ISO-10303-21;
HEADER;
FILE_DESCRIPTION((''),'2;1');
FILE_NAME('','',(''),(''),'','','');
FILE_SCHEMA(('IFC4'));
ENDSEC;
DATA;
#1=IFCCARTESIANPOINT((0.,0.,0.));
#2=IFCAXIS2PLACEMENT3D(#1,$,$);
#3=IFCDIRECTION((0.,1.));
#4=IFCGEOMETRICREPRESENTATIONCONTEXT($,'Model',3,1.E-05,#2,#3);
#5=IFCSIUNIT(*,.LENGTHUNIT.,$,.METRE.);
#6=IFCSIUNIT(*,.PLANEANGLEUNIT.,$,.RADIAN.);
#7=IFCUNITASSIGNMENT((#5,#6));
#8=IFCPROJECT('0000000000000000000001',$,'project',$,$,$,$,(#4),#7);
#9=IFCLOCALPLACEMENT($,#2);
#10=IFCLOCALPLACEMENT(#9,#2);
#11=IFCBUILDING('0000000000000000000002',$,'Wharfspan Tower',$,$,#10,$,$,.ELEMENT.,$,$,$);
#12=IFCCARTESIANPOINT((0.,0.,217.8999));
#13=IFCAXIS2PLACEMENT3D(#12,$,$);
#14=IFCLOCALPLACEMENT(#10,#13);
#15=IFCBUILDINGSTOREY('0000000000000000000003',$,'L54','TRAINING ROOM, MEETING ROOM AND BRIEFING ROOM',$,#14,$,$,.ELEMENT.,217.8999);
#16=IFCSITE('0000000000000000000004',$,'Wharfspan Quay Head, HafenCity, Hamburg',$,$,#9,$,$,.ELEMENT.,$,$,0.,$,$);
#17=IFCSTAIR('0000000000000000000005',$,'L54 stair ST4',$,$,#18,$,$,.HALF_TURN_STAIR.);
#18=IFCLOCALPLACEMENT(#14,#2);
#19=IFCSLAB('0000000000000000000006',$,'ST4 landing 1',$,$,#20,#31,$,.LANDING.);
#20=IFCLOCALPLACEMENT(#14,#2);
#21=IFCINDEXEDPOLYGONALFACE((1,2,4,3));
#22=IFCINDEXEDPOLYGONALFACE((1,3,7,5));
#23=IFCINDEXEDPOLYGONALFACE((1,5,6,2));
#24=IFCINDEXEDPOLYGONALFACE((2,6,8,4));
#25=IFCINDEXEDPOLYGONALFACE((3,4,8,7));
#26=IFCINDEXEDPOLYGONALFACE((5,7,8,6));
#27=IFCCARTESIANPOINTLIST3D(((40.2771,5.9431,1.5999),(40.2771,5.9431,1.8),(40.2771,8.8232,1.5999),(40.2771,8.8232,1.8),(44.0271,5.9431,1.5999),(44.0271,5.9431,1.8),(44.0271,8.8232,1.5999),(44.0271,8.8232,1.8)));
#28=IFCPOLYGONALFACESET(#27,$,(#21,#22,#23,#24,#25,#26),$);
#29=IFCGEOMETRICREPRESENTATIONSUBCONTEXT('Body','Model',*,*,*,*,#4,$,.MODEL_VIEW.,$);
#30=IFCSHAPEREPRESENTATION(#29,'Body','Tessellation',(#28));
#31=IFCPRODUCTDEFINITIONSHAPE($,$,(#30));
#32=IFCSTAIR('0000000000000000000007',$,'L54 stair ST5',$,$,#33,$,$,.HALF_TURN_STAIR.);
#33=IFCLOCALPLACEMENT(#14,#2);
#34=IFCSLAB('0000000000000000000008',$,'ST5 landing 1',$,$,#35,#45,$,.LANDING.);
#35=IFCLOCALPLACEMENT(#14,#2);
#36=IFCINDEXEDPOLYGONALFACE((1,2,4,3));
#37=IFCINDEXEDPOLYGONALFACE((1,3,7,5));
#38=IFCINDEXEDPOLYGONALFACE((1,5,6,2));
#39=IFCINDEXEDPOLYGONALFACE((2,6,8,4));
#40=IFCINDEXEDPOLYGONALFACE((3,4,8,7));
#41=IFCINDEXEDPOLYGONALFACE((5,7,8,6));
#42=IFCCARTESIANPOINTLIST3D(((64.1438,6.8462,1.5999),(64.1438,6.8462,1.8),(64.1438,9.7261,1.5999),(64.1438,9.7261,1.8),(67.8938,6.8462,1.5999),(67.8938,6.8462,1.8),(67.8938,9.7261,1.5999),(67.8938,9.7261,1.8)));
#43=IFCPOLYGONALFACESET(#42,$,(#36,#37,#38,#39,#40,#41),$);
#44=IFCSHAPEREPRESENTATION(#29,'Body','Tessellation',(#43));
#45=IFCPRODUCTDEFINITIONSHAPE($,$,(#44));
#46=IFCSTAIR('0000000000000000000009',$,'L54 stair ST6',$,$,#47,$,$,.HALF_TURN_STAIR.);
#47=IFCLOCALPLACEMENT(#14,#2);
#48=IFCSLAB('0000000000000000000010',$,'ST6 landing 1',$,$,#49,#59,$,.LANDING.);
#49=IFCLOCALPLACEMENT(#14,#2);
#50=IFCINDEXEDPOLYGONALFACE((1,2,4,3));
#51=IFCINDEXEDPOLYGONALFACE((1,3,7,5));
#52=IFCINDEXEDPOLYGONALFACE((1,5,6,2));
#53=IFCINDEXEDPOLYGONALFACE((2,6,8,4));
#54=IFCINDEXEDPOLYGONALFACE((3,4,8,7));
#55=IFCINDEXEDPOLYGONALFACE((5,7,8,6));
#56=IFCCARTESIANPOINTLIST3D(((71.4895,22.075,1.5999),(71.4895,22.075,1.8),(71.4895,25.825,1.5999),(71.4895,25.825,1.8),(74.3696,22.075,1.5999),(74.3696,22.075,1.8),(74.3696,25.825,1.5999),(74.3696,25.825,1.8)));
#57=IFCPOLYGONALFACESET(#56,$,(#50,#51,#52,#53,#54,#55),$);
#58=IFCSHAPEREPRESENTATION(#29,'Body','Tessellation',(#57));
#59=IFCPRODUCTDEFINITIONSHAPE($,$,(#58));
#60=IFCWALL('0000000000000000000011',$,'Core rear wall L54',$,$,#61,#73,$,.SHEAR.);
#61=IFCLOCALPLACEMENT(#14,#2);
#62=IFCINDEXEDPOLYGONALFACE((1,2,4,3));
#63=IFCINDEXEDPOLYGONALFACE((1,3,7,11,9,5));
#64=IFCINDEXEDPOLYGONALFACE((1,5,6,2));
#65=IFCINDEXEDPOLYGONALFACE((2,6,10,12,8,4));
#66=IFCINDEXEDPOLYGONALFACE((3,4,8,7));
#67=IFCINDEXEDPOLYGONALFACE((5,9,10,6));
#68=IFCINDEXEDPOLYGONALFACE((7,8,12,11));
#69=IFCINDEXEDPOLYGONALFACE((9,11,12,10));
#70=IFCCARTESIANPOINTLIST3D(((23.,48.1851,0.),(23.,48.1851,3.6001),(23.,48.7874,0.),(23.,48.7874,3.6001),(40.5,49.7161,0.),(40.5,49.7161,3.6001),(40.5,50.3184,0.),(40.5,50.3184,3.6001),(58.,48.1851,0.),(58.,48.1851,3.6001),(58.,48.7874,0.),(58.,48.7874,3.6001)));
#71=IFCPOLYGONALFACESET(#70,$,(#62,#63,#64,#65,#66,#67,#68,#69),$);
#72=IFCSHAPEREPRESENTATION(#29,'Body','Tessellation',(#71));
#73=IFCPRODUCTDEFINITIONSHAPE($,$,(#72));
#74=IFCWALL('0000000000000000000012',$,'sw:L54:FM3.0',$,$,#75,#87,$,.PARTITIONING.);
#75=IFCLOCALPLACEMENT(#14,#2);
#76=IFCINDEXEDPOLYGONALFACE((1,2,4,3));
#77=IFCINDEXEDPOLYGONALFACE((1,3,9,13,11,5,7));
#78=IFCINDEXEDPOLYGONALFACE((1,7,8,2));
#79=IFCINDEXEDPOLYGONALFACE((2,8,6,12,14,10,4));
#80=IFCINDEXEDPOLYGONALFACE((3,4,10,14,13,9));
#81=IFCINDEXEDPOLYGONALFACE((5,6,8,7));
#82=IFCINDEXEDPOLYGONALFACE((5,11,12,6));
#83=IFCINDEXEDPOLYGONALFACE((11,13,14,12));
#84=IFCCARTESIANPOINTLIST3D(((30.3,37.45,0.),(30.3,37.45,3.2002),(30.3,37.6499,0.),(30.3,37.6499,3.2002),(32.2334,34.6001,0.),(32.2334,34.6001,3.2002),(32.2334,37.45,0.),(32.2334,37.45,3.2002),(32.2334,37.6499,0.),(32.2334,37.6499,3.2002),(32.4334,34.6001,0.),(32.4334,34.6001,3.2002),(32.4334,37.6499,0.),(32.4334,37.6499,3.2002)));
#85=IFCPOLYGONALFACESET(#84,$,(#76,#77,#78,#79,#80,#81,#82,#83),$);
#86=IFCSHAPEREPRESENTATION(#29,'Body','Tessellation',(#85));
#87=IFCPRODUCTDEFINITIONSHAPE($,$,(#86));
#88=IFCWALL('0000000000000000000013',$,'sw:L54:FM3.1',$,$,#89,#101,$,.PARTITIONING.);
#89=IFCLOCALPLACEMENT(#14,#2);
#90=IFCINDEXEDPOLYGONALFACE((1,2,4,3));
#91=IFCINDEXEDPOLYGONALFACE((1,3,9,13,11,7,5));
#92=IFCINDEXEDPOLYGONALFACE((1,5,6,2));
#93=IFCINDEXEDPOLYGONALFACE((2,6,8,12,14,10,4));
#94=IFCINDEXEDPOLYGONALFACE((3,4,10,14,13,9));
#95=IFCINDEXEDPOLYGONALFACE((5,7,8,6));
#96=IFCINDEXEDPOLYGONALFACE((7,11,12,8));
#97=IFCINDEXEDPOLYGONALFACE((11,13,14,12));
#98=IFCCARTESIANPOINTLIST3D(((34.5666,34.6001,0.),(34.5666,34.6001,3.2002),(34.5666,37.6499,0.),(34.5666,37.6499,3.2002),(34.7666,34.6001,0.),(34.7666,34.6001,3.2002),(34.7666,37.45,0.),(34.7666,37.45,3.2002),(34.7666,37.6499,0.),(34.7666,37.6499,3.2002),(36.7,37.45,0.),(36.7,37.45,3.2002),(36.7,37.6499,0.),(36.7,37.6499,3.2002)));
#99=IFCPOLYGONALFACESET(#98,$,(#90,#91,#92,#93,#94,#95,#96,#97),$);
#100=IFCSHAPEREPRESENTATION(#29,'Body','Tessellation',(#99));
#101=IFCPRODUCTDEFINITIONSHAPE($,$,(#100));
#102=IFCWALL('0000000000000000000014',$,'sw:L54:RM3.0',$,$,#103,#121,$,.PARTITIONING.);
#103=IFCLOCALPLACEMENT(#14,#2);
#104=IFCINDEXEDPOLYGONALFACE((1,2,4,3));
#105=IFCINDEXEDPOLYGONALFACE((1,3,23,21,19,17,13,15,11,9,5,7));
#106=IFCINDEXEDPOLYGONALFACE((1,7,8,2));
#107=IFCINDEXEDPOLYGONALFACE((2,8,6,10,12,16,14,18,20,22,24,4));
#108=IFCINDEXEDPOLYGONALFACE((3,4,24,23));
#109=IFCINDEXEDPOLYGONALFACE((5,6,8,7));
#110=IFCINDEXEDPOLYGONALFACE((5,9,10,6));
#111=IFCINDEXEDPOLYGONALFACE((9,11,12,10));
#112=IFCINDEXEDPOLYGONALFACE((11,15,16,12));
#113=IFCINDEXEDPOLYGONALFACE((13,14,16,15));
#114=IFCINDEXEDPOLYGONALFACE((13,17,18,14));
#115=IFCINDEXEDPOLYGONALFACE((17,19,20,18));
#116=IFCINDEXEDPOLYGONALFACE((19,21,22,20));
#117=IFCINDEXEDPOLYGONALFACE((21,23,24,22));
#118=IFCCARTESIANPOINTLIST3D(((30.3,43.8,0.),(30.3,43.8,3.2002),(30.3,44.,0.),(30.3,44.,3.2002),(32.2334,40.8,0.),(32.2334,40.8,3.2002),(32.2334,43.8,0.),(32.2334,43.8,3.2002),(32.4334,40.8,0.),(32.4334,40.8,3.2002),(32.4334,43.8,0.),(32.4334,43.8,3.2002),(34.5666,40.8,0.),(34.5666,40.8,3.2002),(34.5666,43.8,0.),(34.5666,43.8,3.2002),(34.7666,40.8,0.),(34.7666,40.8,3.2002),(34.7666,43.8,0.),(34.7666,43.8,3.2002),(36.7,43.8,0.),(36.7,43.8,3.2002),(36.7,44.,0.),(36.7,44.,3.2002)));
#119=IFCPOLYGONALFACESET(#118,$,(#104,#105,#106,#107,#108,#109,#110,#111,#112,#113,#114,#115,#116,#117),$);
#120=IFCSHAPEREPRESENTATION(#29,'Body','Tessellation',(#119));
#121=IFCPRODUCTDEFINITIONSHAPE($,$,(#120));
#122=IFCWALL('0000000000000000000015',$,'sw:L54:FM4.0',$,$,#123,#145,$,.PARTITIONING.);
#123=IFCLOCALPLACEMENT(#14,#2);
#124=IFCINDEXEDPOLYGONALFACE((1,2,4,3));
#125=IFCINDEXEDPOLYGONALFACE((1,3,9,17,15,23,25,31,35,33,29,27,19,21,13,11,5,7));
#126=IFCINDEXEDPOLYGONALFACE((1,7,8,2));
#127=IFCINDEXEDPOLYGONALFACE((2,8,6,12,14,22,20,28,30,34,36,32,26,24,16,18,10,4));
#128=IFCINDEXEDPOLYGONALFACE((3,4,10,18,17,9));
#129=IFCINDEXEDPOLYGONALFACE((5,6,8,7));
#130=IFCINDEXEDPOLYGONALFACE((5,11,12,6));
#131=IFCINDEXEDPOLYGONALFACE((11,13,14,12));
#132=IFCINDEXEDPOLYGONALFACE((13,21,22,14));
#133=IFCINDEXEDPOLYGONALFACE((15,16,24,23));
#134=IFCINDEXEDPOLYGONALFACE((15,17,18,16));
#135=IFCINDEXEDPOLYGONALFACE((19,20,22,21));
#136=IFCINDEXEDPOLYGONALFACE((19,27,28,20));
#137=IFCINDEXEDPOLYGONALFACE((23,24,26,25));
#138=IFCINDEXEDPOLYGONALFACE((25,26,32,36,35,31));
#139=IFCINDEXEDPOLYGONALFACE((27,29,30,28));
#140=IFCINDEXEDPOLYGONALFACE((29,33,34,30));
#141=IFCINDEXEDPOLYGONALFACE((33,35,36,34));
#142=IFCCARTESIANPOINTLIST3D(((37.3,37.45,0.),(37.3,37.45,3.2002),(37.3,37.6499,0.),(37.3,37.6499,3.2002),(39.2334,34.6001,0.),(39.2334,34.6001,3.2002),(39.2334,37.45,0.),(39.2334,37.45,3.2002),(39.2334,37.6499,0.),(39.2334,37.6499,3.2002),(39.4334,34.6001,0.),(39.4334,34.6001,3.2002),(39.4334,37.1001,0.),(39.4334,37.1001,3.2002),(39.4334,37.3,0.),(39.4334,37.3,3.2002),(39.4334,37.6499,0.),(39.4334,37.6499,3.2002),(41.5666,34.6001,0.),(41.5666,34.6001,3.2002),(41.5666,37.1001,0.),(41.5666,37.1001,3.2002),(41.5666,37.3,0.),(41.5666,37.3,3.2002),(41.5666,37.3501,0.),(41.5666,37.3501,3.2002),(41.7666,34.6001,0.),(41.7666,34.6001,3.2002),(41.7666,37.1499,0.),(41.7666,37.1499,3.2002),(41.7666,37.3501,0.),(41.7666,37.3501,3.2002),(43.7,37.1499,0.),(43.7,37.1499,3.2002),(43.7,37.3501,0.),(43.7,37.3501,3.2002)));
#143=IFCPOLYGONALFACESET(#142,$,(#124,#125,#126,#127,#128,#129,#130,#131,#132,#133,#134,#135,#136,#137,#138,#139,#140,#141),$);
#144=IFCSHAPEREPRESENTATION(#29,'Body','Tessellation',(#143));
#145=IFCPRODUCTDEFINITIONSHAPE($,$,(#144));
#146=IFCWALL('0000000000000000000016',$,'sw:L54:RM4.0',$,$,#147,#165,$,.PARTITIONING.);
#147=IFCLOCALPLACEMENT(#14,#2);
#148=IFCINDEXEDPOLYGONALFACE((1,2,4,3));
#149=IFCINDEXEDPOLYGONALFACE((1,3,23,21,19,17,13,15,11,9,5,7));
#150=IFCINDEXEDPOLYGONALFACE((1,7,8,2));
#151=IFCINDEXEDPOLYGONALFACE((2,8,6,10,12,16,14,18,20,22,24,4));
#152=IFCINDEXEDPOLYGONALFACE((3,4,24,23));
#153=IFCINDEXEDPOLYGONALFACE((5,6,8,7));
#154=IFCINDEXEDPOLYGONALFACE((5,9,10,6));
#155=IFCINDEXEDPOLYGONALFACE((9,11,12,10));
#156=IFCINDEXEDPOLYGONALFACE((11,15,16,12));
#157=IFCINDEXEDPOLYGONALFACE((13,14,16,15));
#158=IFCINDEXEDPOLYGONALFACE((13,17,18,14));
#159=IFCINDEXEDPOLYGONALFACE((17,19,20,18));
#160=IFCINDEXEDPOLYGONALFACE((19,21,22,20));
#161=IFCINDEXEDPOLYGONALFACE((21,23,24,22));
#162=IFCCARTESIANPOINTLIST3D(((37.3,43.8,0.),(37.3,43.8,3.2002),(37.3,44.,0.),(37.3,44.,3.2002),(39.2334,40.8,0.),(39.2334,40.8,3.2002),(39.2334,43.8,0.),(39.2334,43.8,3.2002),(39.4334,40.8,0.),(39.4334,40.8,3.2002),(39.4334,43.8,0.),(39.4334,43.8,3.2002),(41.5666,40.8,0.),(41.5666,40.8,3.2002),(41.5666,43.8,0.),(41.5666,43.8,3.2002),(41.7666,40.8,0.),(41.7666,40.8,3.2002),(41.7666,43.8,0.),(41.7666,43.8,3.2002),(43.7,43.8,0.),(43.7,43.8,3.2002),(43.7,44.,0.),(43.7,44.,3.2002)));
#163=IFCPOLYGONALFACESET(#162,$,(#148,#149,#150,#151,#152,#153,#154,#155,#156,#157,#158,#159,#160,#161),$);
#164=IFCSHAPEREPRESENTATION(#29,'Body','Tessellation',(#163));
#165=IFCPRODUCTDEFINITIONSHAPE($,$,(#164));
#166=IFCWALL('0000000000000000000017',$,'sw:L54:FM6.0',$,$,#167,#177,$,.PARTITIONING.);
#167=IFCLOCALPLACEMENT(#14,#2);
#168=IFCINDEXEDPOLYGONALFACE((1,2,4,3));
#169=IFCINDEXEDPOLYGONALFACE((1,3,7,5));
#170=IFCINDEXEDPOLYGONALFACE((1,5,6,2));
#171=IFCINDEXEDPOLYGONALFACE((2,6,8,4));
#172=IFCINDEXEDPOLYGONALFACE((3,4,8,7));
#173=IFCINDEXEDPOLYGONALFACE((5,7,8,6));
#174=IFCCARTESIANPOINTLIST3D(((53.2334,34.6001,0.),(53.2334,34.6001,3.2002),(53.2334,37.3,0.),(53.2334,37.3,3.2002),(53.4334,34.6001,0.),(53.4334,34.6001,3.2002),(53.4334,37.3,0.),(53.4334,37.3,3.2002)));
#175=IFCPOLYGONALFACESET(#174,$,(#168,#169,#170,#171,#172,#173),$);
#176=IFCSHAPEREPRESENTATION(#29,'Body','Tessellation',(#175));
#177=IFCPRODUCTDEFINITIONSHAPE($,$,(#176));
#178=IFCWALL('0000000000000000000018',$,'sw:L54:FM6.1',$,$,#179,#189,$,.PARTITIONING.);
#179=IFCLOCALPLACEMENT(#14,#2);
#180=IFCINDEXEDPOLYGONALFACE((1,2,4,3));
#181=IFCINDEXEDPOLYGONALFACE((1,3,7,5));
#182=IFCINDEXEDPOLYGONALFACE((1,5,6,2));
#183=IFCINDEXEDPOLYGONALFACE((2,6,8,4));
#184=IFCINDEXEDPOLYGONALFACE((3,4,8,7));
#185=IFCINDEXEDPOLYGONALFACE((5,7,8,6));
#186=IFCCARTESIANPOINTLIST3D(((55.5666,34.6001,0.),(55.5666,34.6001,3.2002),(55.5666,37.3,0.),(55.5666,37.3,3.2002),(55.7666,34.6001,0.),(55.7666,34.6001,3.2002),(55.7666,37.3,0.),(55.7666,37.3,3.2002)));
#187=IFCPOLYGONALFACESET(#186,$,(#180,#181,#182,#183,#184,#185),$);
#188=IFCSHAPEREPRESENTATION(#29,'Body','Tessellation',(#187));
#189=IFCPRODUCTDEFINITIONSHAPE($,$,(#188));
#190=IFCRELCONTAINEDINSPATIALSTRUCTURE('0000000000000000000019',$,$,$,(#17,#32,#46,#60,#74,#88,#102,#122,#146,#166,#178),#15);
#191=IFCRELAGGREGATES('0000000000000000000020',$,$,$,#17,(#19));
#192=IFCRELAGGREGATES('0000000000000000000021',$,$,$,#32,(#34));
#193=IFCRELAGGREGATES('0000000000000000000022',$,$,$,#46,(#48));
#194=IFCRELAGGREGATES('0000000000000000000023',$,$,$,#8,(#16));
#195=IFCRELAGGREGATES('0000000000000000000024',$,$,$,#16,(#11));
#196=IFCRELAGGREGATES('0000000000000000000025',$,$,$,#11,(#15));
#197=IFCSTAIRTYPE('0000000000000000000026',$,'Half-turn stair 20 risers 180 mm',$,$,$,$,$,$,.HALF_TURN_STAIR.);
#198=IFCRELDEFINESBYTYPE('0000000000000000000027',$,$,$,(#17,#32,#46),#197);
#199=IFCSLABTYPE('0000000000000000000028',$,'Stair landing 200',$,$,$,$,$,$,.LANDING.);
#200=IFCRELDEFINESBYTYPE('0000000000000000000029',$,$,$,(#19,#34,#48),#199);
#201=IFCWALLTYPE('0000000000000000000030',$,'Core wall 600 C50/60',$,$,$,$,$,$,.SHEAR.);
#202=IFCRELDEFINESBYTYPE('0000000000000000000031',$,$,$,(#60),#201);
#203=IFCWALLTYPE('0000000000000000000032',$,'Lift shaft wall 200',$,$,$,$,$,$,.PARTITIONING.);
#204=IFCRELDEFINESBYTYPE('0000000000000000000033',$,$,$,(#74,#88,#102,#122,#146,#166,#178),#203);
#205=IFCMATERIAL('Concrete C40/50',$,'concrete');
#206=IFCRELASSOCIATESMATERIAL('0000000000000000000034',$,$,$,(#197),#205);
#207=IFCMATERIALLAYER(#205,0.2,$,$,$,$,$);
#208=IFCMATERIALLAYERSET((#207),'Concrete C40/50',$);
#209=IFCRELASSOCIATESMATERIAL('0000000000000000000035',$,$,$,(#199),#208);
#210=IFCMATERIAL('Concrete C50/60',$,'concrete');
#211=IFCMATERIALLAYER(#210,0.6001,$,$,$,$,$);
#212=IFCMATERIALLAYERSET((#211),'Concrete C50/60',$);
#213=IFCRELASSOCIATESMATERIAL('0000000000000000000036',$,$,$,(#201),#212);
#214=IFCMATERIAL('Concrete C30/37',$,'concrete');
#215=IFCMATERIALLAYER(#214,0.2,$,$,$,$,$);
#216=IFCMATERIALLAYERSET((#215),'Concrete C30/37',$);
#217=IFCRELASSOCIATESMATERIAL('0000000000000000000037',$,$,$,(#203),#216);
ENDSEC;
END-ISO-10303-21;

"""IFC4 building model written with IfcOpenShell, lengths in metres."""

from ifc_helpers import new_model, si_unit, direction, frame, origin, place, context, subcontext, project, spatial, polyline, outline, extrude, material, layer, layer_set, type_object, element, aggregate, save


model = new_model("IFC4")

# Units and contexts
model_context = context("Model", 3, precision=1e-05, world=origin(), true_north=direction((0.0, 1.0)))
body_context = subcontext(model_context, "Body", "Model", "MODEL_VIEW")
ifc_project = project(units=[si_unit("LENGTHUNIT", "METRE"), si_unit("PLANEANGLEUNIT", "RADIAN")], contexts=[model_context])

# Site, building, storey
site_placement = place(None, origin())
site = spatial("IfcSite", under=ifc_project, at=site_placement, Name="Wharfspan Quay Head, HafenCity, Hamburg", CompositionType="ELEMENT", RefElevation=0.0)
building_placement = place(site_placement, origin())
building = spatial("IfcBuilding", under=site, at=building_placement, Name="Wharfspan Tower", CompositionType="ELEMENT")
storey_placement = place(building_placement, frame((0.0, 0.0, 217.8999)))
storey = spatial("IfcBuildingStorey", under=building, at=storey_placement, Name="L54", Description="TRAINING ROOM, MEETING ROOM AND BRIEFING ROOM", CompositionType="ELEMENT", Elevation=217.8999)

# Shared definitions
ifc_material_1 = material(Name="Concrete C40/50", Category="concrete")

# Stairs, slabs
stair_type = type_object("IfcStairType", Name="Half-turn stair 20 risers 180 mm", PredefinedType="HALF_TURN_STAIR", material=ifc_material_1)
ifc_layer_1 = layer(ifc_material_1, 0.2)
ifc_layer_set_1 = layer_set([ifc_layer_1], Name="Concrete C40/50")
slab_type_1 = type_object("IfcSlabType", Name="Stair landing 200", PredefinedType="LANDING", material=ifc_layer_set_1)
stair_1_placement = place(storey_placement, origin())
stair_1 = element("IfcStair", 1, at=stair_1_placement, inside=storey, type_object=stair_type, Name="L54 stair ST4", PredefinedType="HALF_TURN_STAIR")
slab_1_placement = place(storey_placement, frame((0.0, 0.0, 1.5999)))
slab_1 = element("IfcSlab", 2, at=slab_1_placement, type_object=slab_type_1, Name="ST4 landing 1", PredefinedType="LANDING", context=body_context, shape_type="SweptSolid", body=[
    extrude(outline(polyline([(40.2771, 8.8232), (40.2771, 5.9431), (44.0271, 5.9431), (44.0271, 8.8232), (40.2771, 8.8232)])), origin(), (0.0, 0.0, 1.0), 0.2002),
])
aggregate(stair_1, [slab_1])
stair_2_placement = place(storey_placement, origin())
stair_2 = element("IfcStair", 3, at=stair_2_placement, inside=storey, type_object=stair_type, Name="L54 stair ST5", PredefinedType="HALF_TURN_STAIR")
slab_2_placement = place(storey_placement, frame((0.0, 0.0, 1.5999)))
slab_2 = element("IfcSlab", 4, at=slab_2_placement, type_object=slab_type_1, Name="ST5 landing 1", PredefinedType="LANDING", context=body_context, shape_type="SweptSolid", body=[
    extrude(outline(polyline([(64.1438, 9.7261), (64.1438, 6.8462), (67.8938, 6.8462), (67.8938, 9.7261), (64.1438, 9.7261)])), origin(), (0.0, 0.0, 1.0), 0.2002),
])
aggregate(stair_2, [slab_2])
stair_3_placement = place(storey_placement, origin())
stair_3 = element("IfcStair", 5, at=stair_3_placement, inside=storey, type_object=stair_type, Name="L54 stair ST6", PredefinedType="HALF_TURN_STAIR")
slab_3_placement = place(storey_placement, frame((0.0, 0.0, 1.5999)))
slab_3 = element("IfcSlab", 6, at=slab_3_placement, type_object=slab_type_1, Name="ST6 landing 1", PredefinedType="LANDING", context=body_context, shape_type="SweptSolid", body=[
    extrude(outline(polyline([(71.4895, 22.075), (74.3696, 22.075), (74.3696, 25.825), (71.4895, 25.825), (71.4895, 22.075)])), origin(), (0.0, 0.0, 1.0), 0.2002),
])
aggregate(stair_3, [slab_3])

# Walls
ifc_material_2 = material(Name="Concrete C50/60", Category="concrete")
ifc_layer_2 = layer(ifc_material_2, 0.6001)
ifc_layer_set_2 = layer_set([ifc_layer_2], Name="Concrete C50/60")
wall_type_1 = type_object("IfcWallType", Name="Core wall 600 C50/60", PredefinedType="SHEAR", material=ifc_layer_set_2)
wall_1_placement = place(storey_placement, origin())
element("IfcWall", 7, at=wall_1_placement, inside=storey, type_object=wall_type_1, Name="Core rear wall L54", PredefinedType="SHEAR", context=body_context, shape_type="SweptSolid", body=[
    extrude(outline(polyline([(23.0, 48.1851), (40.5, 49.7161), (58.0, 48.1851), (58.0, 48.7874), (40.5, 50.3184), (23.0, 48.7874), (23.0, 48.1851)])), origin(), (0.0, 0.0, 1.0), 3.6001),
])
ifc_material_3 = material(Name="Concrete C30/37", Category="concrete")
ifc_layer_3 = layer(ifc_material_3, 0.2)
ifc_layer_set_3 = layer_set([ifc_layer_3], Name="Concrete C30/37")
wall_type_2 = type_object("IfcWallType", Name="Lift shaft wall 200", PredefinedType="PARTITIONING", material=ifc_layer_set_3)
wall_2_placement = place(storey_placement, origin())
element("IfcWall", 8, at=wall_2_placement, inside=storey, type_object=wall_type_2, Name="sw:L54:FM3.0", PredefinedType="PARTITIONING", context=body_context, shape_type="SweptSolid", body=[
    extrude(outline(polyline([(32.2334, 37.45), (30.3, 37.45), (30.3, 37.6499), (32.2334, 37.6499), (32.4333, 37.6499), (32.4333, 34.6001), (32.2334, 34.6001), (32.2334, 37.45)])), origin(), (0.0, 0.0, 1.0), 3.2002),
])
wall_3_placement = place(storey_placement, origin())
element("IfcWall", 9, at=wall_3_placement, inside=storey, type_object=wall_type_2, Name="sw:L54:FM3.1", PredefinedType="PARTITIONING", context=body_context, shape_type="SweptSolid", body=[
    extrude(outline(polyline([(34.5667, 37.6499), (34.7666, 37.6499), (36.7, 37.6499), (36.7, 37.45), (34.7666, 37.45), (34.7666, 34.6001), (34.5667, 34.6001), (34.5667, 37.6499)])), origin(), (0.0, 0.0, 1.0), 3.2002),
])
wall_4_placement = place(storey_placement, origin())
element("IfcWall", 10, at=wall_4_placement, inside=storey, type_object=wall_type_2, Name="sw:L54:RM3.0", PredefinedType="PARTITIONING", context=body_context, shape_type="SweptSolid", body=[
    extrude(outline(polyline([(32.4333, 40.8), (32.2334, 40.8), (32.2334, 43.8), (30.3, 43.8), (30.3, 44.0), (36.7, 44.0), (36.7, 43.8), (34.7666, 43.8), (34.7666, 40.8), (34.5667, 40.8), (34.5667, 43.8), (32.4333, 43.8), (32.4333, 40.8)])), origin(), (0.0, 0.0, 1.0), 3.2002),
])
wall_5_placement = place(storey_placement, origin())
element("IfcWall", 11, at=wall_5_placement, inside=storey, type_object=wall_type_2, Name="sw:L54:FM4.0", PredefinedType="PARTITIONING", context=body_context, shape_type="SweptSolid", body=[
    extrude(outline(polyline([(41.5667, 37.1001), (39.4333, 37.1001), (39.4333, 34.6001), (39.2334, 34.6001), (39.2334, 37.45), (37.3, 37.45), (37.3, 37.6499), (39.2334, 37.6499), (39.4333, 37.6499), (39.4333, 37.3), (41.5667, 37.3), (41.5667, 37.3501), (41.7666, 37.3501), (43.7, 37.3501), (43.7, 37.1499), (41.7666, 37.1499), (41.7666, 34.6001), (41.5667, 34.6001), (41.5667, 37.1001)])), origin(), (0.0, 0.0, 1.0), 3.2002),
])
wall_6_placement = place(storey_placement, origin())
element("IfcWall", 12, at=wall_6_placement, inside=storey, type_object=wall_type_2, Name="sw:L54:RM4.0", PredefinedType="PARTITIONING", context=body_context, shape_type="SweptSolid", body=[
    extrude(outline(polyline([(39.4333, 40.8), (39.2334, 40.8), (39.2334, 43.8), (37.3, 43.8), (37.3, 44.0), (43.7, 44.0), (43.7, 43.8), (41.7666, 43.8), (41.7666, 40.8), (41.5667, 40.8), (41.5667, 43.8), (39.4333, 43.8), (39.4333, 40.8)])), origin(), (0.0, 0.0, 1.0), 3.2002),
])
wall_7_placement = place(storey_placement, origin())
element("IfcWall", 13, at=wall_7_placement, inside=storey, type_object=wall_type_2, Name="sw:L54:FM6.0", PredefinedType="PARTITIONING", context=body_context, shape_type="SweptSolid", body=[
    extrude(outline(polyline([(53.2334, 34.6001), (53.2334, 37.3), (53.4333, 37.3), (53.4333, 34.6001), (53.2334, 34.6001)])), origin(), (0.0, 0.0, 1.0), 3.2002),
])
wall_8_placement = place(storey_placement, origin())
element("IfcWall", 14, at=wall_8_placement, inside=storey, type_object=wall_type_2, Name="sw:L54:FM6.1", PredefinedType="PARTITIONING", context=body_context, shape_type="SweptSolid", body=[
    extrude(outline(polyline([(55.5667, 34.6001), (55.5667, 37.3), (55.7666, 37.3), (55.7666, 34.6001), (55.5667, 34.6001)])), origin(), (0.0, 0.0, 1.0), 3.2002),
])

save(model, "model.ifc")
